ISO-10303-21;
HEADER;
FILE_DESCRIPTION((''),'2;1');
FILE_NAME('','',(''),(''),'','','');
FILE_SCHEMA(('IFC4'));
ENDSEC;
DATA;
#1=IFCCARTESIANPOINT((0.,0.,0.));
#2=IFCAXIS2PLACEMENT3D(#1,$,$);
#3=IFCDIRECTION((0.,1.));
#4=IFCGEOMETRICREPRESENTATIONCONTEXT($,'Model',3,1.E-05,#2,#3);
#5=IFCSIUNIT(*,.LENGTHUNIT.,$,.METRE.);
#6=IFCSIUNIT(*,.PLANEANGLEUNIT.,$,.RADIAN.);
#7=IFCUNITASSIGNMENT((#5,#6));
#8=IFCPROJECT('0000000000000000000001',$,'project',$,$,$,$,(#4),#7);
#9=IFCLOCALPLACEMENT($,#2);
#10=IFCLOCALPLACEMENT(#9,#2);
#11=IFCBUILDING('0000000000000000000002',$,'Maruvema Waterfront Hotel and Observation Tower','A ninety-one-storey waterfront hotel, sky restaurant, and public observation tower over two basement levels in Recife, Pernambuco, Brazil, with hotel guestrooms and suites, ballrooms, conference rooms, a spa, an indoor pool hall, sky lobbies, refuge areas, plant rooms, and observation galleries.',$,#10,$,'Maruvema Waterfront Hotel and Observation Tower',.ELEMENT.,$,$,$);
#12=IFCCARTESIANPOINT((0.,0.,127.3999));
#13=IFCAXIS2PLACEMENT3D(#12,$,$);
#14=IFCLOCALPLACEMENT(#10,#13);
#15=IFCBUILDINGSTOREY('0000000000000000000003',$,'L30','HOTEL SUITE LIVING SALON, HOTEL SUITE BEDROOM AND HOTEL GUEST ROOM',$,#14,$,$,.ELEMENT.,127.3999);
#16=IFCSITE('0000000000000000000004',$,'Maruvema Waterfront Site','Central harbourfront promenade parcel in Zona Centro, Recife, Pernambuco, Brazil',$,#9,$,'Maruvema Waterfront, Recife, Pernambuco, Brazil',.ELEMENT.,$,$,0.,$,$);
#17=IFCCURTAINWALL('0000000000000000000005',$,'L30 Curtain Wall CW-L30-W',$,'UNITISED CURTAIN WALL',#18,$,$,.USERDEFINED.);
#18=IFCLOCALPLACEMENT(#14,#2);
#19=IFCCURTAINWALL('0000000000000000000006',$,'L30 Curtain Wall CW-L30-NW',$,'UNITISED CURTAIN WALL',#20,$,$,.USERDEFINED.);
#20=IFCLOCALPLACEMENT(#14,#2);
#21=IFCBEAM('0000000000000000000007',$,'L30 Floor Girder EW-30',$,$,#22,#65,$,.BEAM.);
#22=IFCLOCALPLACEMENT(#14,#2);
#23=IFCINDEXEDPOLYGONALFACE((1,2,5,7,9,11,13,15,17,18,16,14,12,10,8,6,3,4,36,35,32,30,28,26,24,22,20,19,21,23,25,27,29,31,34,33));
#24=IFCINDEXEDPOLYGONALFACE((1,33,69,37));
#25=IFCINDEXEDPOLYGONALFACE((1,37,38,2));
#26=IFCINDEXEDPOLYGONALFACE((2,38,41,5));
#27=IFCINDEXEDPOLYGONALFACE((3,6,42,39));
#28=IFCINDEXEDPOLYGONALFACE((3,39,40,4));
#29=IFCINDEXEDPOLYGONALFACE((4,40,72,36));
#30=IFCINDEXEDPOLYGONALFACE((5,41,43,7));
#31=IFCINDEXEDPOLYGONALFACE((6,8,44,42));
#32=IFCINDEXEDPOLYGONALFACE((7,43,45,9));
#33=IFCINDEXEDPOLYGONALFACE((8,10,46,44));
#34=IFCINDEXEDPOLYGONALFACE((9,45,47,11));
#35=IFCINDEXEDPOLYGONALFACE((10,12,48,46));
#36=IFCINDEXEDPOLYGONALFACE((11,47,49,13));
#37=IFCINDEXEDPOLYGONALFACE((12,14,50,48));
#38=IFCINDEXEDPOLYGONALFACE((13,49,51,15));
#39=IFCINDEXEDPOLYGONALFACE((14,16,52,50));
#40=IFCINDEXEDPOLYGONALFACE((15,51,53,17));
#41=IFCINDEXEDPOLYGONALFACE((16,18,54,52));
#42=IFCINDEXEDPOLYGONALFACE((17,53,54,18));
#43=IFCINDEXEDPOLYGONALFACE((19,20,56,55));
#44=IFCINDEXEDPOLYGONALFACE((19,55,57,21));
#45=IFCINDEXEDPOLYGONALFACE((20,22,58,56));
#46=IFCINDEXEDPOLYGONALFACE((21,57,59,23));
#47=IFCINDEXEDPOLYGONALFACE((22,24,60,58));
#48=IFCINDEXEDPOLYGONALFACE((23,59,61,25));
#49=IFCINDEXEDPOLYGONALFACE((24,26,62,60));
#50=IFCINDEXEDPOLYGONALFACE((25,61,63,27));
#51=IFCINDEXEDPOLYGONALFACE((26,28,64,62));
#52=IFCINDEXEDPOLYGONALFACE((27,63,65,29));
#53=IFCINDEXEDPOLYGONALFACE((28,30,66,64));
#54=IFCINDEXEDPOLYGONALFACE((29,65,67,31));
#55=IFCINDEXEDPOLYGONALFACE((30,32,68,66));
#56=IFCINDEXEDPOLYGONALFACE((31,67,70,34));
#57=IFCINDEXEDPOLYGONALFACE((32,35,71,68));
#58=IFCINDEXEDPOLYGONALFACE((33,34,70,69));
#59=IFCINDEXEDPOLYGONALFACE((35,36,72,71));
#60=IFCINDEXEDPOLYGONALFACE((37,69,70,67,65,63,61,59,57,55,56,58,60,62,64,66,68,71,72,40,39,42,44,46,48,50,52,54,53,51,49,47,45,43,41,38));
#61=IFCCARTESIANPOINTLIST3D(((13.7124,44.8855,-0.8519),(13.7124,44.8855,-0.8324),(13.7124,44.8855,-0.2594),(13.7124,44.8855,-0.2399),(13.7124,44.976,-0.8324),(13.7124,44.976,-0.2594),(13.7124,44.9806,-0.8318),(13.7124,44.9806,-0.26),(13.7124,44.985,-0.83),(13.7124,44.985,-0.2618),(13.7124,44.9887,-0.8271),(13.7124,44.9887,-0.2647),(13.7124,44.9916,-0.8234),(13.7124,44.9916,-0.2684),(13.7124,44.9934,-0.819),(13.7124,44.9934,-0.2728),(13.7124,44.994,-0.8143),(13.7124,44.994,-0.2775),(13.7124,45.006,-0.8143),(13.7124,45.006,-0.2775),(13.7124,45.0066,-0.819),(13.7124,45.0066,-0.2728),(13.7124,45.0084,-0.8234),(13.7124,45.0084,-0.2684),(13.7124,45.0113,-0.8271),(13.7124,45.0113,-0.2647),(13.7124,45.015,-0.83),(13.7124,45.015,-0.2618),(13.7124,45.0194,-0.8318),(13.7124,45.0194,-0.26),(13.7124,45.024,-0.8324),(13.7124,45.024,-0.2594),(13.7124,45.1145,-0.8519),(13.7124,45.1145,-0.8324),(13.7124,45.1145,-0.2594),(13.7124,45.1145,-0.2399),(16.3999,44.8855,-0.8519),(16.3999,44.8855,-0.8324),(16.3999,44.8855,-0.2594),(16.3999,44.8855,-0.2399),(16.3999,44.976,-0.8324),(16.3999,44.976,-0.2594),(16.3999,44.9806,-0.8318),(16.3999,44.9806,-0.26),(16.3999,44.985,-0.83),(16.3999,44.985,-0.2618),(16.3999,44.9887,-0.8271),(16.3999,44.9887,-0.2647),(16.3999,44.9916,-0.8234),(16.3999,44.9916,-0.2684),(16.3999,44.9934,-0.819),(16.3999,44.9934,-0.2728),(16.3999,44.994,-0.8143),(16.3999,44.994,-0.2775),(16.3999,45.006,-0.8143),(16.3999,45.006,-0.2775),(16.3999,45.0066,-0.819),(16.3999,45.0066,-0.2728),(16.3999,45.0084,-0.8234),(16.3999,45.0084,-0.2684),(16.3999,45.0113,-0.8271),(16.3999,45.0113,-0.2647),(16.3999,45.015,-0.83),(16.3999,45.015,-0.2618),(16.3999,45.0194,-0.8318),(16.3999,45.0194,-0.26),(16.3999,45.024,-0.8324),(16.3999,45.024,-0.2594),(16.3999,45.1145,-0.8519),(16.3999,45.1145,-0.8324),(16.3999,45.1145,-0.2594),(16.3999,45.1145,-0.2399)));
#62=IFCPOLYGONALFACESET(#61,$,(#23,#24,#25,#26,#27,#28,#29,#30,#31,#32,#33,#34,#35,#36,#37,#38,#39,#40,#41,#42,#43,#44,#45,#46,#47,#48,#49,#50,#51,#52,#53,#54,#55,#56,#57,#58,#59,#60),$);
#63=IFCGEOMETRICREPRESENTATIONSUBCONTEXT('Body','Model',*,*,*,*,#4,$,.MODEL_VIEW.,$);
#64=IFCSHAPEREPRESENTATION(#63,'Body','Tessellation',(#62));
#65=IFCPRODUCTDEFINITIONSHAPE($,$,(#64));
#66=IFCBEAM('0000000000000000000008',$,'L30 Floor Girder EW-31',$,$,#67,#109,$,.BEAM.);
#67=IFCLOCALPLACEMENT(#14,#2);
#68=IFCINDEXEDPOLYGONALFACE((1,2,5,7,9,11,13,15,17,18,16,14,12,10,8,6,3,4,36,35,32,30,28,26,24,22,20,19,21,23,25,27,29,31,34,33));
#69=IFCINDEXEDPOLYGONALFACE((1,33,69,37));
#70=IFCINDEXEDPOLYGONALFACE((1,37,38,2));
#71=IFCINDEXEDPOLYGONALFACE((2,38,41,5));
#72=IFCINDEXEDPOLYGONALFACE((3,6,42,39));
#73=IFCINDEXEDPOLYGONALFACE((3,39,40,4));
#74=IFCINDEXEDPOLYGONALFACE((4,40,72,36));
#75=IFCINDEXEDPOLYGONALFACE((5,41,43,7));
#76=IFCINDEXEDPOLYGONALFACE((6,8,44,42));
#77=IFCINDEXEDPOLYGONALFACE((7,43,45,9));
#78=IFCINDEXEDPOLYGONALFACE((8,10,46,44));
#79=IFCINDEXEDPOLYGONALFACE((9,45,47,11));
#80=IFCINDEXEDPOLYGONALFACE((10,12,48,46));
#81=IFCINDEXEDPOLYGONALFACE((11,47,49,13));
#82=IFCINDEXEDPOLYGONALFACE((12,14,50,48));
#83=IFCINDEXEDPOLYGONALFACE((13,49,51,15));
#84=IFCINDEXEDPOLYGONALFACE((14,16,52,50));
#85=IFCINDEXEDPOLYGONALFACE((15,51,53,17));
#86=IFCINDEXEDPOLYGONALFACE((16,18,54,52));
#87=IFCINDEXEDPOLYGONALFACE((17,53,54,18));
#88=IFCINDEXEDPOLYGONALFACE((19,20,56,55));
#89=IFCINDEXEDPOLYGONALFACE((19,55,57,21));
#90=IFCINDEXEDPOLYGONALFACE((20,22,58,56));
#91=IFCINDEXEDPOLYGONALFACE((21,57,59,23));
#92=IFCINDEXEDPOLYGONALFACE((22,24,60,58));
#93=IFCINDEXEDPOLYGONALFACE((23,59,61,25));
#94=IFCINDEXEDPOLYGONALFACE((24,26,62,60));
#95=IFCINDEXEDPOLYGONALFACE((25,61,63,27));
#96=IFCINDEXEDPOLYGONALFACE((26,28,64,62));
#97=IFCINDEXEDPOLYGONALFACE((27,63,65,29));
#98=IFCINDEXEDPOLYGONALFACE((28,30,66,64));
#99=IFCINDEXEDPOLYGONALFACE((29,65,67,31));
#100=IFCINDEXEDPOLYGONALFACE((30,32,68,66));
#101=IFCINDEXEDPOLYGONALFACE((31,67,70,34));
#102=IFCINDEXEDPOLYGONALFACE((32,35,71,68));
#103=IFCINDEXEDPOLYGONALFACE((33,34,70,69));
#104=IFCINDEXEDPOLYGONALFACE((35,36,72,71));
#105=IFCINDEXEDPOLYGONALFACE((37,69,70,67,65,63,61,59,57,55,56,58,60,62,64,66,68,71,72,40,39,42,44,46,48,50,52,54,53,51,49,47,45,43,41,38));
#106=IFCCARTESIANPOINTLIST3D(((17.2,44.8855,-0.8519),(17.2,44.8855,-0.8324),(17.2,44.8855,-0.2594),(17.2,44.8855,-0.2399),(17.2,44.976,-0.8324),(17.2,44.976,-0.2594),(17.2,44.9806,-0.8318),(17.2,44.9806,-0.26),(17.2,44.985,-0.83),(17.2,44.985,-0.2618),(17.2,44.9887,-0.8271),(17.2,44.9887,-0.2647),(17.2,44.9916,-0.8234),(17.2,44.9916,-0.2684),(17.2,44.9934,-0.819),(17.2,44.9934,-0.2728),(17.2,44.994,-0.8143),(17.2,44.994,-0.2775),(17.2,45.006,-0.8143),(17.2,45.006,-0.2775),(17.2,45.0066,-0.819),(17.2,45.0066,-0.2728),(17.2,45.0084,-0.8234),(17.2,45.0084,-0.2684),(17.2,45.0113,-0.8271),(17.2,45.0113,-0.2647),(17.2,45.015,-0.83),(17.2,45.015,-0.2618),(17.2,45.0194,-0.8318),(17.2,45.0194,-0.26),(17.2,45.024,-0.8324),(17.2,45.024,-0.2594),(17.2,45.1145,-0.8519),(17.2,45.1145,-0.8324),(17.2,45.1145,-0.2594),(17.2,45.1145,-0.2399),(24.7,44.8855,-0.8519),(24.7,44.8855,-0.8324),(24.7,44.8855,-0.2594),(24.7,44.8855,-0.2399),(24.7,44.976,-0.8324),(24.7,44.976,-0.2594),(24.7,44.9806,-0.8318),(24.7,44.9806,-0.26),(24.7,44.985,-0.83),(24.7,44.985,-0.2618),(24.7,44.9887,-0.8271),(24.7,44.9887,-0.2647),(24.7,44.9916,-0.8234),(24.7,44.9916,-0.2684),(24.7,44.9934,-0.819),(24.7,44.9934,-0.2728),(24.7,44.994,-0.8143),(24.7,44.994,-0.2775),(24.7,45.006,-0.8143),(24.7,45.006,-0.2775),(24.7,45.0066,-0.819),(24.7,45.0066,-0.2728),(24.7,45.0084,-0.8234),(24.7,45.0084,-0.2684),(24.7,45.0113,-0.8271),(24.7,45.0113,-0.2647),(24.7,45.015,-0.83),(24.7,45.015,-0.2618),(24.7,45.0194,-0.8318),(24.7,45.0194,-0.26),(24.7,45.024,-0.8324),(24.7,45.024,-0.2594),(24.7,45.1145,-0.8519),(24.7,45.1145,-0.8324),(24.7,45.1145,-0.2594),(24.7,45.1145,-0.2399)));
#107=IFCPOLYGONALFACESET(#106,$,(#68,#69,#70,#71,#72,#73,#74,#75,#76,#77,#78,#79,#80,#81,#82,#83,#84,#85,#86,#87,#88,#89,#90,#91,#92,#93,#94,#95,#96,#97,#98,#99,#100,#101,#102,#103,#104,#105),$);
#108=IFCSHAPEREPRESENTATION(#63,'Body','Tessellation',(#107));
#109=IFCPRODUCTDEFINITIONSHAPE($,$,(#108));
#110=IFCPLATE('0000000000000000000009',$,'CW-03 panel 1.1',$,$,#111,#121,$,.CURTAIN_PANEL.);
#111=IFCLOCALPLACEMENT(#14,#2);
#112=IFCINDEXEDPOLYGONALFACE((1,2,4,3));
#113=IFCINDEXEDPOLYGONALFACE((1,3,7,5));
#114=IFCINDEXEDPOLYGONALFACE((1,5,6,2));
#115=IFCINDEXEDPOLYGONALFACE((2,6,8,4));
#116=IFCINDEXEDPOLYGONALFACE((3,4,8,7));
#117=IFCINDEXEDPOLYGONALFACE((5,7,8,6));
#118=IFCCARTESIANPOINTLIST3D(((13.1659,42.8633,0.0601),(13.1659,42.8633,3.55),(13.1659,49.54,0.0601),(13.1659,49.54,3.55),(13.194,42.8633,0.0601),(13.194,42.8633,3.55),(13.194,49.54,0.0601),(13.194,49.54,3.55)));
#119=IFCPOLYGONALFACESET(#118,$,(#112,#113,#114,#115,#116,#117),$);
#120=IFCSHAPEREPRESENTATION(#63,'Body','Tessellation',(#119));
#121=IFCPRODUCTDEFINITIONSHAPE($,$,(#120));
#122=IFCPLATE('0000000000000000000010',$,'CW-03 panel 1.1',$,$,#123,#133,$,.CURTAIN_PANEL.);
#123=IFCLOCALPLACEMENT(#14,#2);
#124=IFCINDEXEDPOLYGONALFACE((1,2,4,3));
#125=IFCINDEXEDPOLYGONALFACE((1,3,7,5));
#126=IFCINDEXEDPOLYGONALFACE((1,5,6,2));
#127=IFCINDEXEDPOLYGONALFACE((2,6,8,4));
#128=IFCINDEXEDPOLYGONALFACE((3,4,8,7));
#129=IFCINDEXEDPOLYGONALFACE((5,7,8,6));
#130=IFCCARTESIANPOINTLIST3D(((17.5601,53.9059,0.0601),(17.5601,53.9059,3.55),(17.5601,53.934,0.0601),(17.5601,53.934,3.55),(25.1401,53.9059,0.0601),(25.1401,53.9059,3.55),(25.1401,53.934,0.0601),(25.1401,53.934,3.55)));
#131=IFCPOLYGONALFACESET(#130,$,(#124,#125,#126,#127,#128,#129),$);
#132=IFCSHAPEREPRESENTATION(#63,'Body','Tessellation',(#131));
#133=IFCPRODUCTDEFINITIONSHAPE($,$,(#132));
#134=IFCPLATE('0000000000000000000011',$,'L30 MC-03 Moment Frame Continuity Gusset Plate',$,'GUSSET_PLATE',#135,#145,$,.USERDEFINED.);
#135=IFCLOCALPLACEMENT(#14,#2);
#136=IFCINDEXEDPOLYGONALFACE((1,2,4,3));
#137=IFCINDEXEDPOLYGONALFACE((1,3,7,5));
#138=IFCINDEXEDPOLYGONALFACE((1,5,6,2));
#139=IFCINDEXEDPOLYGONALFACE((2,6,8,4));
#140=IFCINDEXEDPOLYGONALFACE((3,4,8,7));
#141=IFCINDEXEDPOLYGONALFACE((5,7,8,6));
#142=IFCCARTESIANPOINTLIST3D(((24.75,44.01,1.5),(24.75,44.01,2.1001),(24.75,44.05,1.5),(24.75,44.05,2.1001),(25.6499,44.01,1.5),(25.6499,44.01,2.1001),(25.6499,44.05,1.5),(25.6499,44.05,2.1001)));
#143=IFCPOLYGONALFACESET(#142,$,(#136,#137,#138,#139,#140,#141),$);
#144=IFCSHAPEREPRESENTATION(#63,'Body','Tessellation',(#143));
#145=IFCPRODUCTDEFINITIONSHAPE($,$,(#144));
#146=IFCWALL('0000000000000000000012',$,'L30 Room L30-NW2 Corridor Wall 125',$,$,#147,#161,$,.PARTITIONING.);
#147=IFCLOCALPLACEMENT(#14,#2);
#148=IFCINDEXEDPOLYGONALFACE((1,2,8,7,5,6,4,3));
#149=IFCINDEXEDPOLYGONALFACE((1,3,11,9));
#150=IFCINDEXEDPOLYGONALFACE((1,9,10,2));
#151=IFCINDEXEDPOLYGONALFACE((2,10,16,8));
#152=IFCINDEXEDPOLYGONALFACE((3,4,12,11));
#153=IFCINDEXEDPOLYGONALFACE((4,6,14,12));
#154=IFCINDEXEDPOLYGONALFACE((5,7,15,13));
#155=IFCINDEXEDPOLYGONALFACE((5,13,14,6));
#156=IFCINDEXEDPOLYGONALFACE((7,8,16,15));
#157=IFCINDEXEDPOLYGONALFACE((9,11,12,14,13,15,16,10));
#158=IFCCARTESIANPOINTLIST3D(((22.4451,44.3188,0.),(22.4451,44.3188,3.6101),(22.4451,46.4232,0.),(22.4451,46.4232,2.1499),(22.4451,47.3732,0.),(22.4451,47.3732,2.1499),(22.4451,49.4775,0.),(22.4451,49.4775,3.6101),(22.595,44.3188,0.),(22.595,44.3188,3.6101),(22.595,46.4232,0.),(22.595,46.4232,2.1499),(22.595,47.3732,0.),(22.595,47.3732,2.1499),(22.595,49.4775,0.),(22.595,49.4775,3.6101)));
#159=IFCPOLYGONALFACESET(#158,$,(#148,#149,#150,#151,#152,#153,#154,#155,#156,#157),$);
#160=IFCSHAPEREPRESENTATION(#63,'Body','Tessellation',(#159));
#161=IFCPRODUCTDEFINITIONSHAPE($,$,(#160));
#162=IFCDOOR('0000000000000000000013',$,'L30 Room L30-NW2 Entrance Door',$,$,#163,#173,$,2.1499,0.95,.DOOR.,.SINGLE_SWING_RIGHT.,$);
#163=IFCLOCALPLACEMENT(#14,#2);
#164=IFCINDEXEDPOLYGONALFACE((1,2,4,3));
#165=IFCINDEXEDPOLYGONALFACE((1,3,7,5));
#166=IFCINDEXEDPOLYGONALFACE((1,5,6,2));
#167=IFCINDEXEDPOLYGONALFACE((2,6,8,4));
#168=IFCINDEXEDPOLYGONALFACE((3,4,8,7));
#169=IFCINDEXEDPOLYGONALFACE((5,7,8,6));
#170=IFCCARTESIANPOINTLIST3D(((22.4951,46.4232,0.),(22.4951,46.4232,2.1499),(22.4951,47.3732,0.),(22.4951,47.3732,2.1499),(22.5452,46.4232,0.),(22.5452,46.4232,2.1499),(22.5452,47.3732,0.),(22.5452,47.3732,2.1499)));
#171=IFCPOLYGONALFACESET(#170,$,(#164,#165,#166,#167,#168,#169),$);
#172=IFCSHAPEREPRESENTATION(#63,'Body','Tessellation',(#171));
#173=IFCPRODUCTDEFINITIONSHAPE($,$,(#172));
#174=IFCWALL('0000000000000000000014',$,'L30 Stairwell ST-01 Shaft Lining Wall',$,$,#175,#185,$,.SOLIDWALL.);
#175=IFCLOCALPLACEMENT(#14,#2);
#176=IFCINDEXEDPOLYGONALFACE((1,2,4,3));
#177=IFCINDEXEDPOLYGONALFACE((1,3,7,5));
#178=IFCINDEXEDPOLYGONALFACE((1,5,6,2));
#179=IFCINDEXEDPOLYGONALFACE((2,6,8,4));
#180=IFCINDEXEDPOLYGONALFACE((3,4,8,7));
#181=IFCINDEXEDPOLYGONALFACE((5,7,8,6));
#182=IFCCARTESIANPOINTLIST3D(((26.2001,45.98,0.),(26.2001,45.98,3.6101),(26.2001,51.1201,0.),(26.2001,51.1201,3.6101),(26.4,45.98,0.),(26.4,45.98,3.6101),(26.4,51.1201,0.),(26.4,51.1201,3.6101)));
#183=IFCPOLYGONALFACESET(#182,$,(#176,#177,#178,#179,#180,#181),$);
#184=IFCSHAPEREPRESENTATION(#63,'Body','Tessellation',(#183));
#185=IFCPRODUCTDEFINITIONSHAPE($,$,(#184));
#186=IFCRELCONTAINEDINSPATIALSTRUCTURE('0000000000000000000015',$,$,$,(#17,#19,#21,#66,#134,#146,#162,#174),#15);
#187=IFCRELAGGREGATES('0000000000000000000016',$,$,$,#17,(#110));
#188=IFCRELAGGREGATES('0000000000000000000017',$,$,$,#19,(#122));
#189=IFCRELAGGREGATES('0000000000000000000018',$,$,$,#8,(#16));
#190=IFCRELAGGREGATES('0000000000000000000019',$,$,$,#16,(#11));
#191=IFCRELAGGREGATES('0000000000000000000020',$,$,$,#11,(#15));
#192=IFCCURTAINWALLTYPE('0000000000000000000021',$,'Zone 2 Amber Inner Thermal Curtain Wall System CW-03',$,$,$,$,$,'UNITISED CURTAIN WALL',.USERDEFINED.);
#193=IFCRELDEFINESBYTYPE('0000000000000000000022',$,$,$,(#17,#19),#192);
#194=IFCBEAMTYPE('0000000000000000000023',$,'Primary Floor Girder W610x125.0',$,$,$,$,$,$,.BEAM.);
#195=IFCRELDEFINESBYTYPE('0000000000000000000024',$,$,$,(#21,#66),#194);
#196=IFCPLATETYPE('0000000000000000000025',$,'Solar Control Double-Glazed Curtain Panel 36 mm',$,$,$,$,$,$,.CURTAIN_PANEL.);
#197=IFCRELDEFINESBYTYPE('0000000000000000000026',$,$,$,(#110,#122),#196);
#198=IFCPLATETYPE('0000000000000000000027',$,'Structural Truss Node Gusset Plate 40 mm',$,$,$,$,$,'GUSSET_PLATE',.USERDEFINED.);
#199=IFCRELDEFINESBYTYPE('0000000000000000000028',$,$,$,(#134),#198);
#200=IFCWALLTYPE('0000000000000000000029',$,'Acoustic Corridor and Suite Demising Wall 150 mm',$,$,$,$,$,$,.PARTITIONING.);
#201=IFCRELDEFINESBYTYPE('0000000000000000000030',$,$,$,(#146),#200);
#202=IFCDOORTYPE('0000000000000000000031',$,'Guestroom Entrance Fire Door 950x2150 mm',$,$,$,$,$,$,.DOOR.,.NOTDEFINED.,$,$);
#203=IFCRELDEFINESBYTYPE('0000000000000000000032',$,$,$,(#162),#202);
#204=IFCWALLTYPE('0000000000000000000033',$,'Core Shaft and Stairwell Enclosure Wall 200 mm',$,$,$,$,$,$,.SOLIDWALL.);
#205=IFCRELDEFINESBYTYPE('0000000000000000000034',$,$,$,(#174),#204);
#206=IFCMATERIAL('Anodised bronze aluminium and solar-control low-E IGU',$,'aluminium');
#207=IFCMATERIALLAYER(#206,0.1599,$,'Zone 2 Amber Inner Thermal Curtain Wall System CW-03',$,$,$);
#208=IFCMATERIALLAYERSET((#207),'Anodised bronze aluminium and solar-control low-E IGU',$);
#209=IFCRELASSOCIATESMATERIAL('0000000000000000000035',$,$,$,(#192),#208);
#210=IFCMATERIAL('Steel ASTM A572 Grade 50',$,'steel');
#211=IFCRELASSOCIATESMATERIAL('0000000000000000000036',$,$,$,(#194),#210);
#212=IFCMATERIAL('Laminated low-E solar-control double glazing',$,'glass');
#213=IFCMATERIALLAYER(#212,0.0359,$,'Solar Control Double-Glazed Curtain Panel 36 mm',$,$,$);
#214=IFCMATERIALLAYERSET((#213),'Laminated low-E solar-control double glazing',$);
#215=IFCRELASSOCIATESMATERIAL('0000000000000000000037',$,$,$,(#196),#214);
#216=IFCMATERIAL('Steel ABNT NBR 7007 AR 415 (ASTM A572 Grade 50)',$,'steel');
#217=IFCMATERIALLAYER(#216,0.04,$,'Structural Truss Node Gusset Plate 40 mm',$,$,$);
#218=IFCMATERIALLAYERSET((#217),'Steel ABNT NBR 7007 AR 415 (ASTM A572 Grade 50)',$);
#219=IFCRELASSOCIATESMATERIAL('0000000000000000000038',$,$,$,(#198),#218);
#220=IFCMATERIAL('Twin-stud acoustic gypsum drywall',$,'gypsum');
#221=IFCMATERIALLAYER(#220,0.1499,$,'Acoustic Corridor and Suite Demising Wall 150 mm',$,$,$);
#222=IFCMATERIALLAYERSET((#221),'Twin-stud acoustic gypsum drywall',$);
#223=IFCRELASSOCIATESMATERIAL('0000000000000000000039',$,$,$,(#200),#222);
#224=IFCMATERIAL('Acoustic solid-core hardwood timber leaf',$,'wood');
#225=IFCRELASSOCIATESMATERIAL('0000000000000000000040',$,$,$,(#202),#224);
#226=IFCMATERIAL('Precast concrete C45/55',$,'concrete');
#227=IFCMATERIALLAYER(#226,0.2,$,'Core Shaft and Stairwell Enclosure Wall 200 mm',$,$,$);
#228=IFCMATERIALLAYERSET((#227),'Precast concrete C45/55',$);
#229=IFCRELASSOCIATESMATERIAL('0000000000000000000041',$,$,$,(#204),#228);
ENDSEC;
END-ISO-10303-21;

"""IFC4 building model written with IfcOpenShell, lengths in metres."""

from ifc_helpers import new_model, si_unit, direction, frame, frame_2d, origin, origin_2d, place, context, subcontext, project, spatial, rectangle, i_section, extrude, material, layer, layer_set, material_profile, profile_set, type_object, element, fill, aggregate, save


model = new_model("IFC4")

# Units and contexts
model_context = context("Model", 3, precision=1e-05, world=origin(), true_north=direction((0.0, 1.0)))
body_context = subcontext(model_context, "Body", "Model", "MODEL_VIEW")
ifc_project = project(units=[si_unit("LENGTHUNIT", "METRE"), si_unit("PLANEANGLEUNIT", "RADIAN")], contexts=[model_context])

# Site, building, storey
site_placement = place(None, origin())
site = spatial("IfcSite", under=ifc_project, at=site_placement, Name="Maruvema Waterfront Site", Description="Central harbourfront promenade parcel in Zona Centro, Recife, Pernambuco, Brazil", LongName="Maruvema Waterfront, Recife, Pernambuco, Brazil", CompositionType="ELEMENT", RefElevation=0.0)
building_placement = place(site_placement, origin())
building = spatial("IfcBuilding", under=site, at=building_placement, Name="Maruvema Waterfront Hotel and Observation Tower", Description="A ninety-one-storey waterfront hotel, sky restaurant, and public observation tower over two basement levels in Recife, Pernambuco, Brazil, with hotel guestrooms and suites, ballrooms, conference rooms, a spa, an indoor pool hall, sky lobbies, refuge areas, plant rooms, and observation galleries.", LongName="Maruvema Waterfront Hotel and Observation Tower", CompositionType="ELEMENT")
storey_placement = place(building_placement, frame((0.0, 0.0, 127.3999)))
storey = spatial("IfcBuildingStorey", under=building, at=storey_placement, Name="L30", Description="HOTEL SUITE LIVING SALON, HOTEL SUITE BEDROOM AND HOTEL GUEST ROOM", CompositionType="ELEMENT", Elevation=127.3999)

# Curtain walls
ifc_material_1 = material(Name="Anodised bronze aluminium and solar-control low-E IGU", Category="aluminium")
ifc_layer_1 = layer(ifc_material_1, 0.1599, Name="Zone 2 Amber Inner Thermal Curtain Wall System CW-03")
ifc_layer_set_1 = layer_set([ifc_layer_1], Name="Anodised bronze aluminium and solar-control low-E IGU")
curtain_wall_type = type_object("IfcCurtainWallType", Name="Zone 2 Amber Inner Thermal Curtain Wall System CW-03", ElementType="UNITISED CURTAIN WALL", PredefinedType="USERDEFINED", material=ifc_layer_set_1)
curtain_wall_1_placement = place(storey_placement, origin())
curtain_wall_1 = element("IfcCurtainWall", 1, at=curtain_wall_1_placement, inside=storey, type_object=curtain_wall_type, Name="L30 Curtain Wall CW-L30-W", ObjectType="UNITISED CURTAIN WALL", PredefinedType="USERDEFINED")
curtain_wall_2_placement = place(storey_placement, origin())
curtain_wall_2 = element("IfcCurtainWall", 2, at=curtain_wall_2_placement, inside=storey, type_object=curtain_wall_type, Name="L30 Curtain Wall CW-L30-NW", ObjectType="UNITISED CURTAIN WALL", PredefinedType="USERDEFINED")

# Beams
ifc_material_2 = material(Name="Steel ASTM A572 Grade 50", Category="steel")
ifc_material_profile_1 = material_profile(ifc_material_2, i_section(OverallWidth=0.229, OverallDepth=0.6121, WebThickness=0.012, FlangeThickness=0.0195, FilletRadius=0.0181, at=origin_2d()), Name="W610x125.0")
ifc_profile_set_1 = profile_set([ifc_material_profile_1], Name="Steel ASTM A572 Grade 50")
beam_type = type_object("IfcBeamType", Name="Primary Floor Girder W610x125.0", PredefinedType="BEAM", material=ifc_profile_set_1)
beam_1_placement = place(storey_placement, frame((13.7124, 45.0, -0.5459), z_axis=(1.0, 0.0, 0.0), x_axis=(0.0, 1.0, 0.0)))
element("IfcBeam", 3, at=beam_1_placement, inside=storey, type_object=beam_type, Name="L30 Floor Girder EW-30", PredefinedType="BEAM", context=body_context, shape_type="SweptSolid", body=[
    extrude(i_section(OverallWidth=0.229, OverallDepth=0.6121, WebThickness=0.012, FlangeThickness=0.0195, FilletRadius=0.0181, at=origin_2d()), origin(), (0.0, 0.0, 1.0), 2.6875),
])
beam_2_placement = place(storey_placement, frame((17.2, 45.0, -0.5459), z_axis=(1.0, 0.0, 0.0), x_axis=(0.0, 1.0, 0.0)))
element("IfcBeam", 4, at=beam_2_placement, inside=storey, type_object=beam_type, Name="L30 Floor Girder EW-31", PredefinedType="BEAM", context=body_context, shape_type="SweptSolid", body=[
    extrude(i_section(OverallWidth=0.229, OverallDepth=0.6121, WebThickness=0.012, FlangeThickness=0.0195, FilletRadius=0.0181, at=origin_2d()), origin(), (0.0, 0.0, 1.0), 7.5),
])

# Plates
ifc_material_3 = material(Name="Laminated low-E solar-control double glazing", Category="glass")
ifc_layer_2 = layer(ifc_material_3, 0.0359, Name="Solar Control Double-Glazed Curtain Panel 36 mm")
ifc_layer_set_2 = layer_set([ifc_layer_2], Name="Laminated low-E solar-control double glazing")
plate_type_1 = type_object("IfcPlateType", Name="Solar Control Double-Glazed Curtain Panel 36 mm", PredefinedType="CURTAIN_PANEL", material=ifc_layer_set_2)
plate_1_placement = place(storey_placement, frame((13.1799, 46.2017, 0.0601), z_axis=(0.0, 0.0, 1.0), x_axis=(0.0, -1.0, 0.0)))
plate_1 = element("IfcPlate", 5, at=plate_1_placement, type_object=plate_type_1, Name="CW-03 panel 1.1", PredefinedType="CURTAIN_PANEL", context=body_context, shape_type="SweptSolid", body=[
    extrude(rectangle(XDim=6.6768, YDim=0.0281, at=origin_2d()), origin(), (0.0, 0.0, 1.0), 3.49),
])
aggregate(curtain_wall_1, [plate_1])
plate_2_placement = place(storey_placement, frame((21.3501, 53.9199, 0.0601), z_axis=(0.0, 0.0, 1.0), x_axis=(-1.0, 0.0, 0.0)))
plate_2 = element("IfcPlate", 6, at=plate_2_placement, type_object=plate_type_1, Name="CW-03 panel 1.1", PredefinedType="CURTAIN_PANEL", context=body_context, shape_type="SweptSolid", body=[
    extrude(rectangle(XDim=7.5801, YDim=0.0281, at=origin_2d()), origin(), (0.0, 0.0, 1.0), 3.49),
])
aggregate(curtain_wall_2, [plate_2])
ifc_material_4 = material(Name="Steel ABNT NBR 7007 AR 415 (ASTM A572 Grade 50)", Category="steel")
ifc_layer_3 = layer(ifc_material_4, 0.04, Name="Structural Truss Node Gusset Plate 40 mm")
ifc_layer_set_3 = layer_set([ifc_layer_3], Name="Steel ABNT NBR 7007 AR 415 (ASTM A572 Grade 50)")
plate_type_2 = type_object("IfcPlateType", Name="Structural Truss Node Gusset Plate 40 mm", ElementType="GUSSET_PLATE", PredefinedType="USERDEFINED", material=ifc_layer_set_3)
plate_3_placement = place(storey_placement, frame((25.2, 44.03, 1.5), z_axis=(0.0, 0.0, 1.0), x_axis=(1.0, 0.0, 0.0)))
element("IfcPlate", 7, at=plate_3_placement, inside=storey, type_object=plate_type_2, Name="L30 MC-03 Moment Frame Continuity Gusset Plate", ObjectType="GUSSET_PLATE", PredefinedType="USERDEFINED", context=body_context, shape_type="SweptSolid", body=[
    extrude(rectangle(XDim=0.8999, YDim=0.04, at=origin_2d()), origin(), (0.0, 0.0, 1.0), 0.6001),
])

# Wall, opening, door
ifc_material_5 = material(Name="Twin-stud acoustic gypsum drywall", Category="gypsum")
ifc_layer_4 = layer(ifc_material_5, 0.1499, Name="Acoustic Corridor and Suite Demising Wall 150 mm")
ifc_layer_set_4 = layer_set([ifc_layer_4], Name="Twin-stud acoustic gypsum drywall")
wall_type_1 = type_object("IfcWallType", Name="Acoustic Corridor and Suite Demising Wall 150 mm", PredefinedType="PARTITIONING", material=ifc_layer_set_4)
wall_1_placement = place(storey_placement, frame((22.52, 44.3188, 0.0), z_axis=(0.0, 0.0, 1.0), x_axis=(0.0, 1.0, 0.0)))
wall_1 = element("IfcWall", 8, at=wall_1_placement, inside=storey, type_object=wall_type_1, Name="L30 Room L30-NW2 Corridor Wall 125", PredefinedType="PARTITIONING", context=body_context, shape_type="SweptSolid", body=[
    extrude(rectangle(XDim=5.1587, YDim=0.1499, at=frame_2d((2.5793, 0.0))), origin(), (0.0, 0.0, 1.0), 3.6101),
])
opening_1_placement = place(wall_1_placement, frame((2.1042, 0.0, 0.0)))
opening_1 = element("IfcOpeningElement", 9, at=opening_1_placement, cuts=wall_1, PredefinedType="OPENING", context=body_context, shape_type="SweptSolid", body=[
    extrude(rectangle(XDim=0.95, YDim=2.1499, at=frame_2d((0.4751, 1.075))), frame((0.0, 0.085, 0.0), z_axis=(0.0, -1.0, 0.0), x_axis=(1.0, 0.0, 0.0)), (0.0, 0.0, 1.0), 0.1699),
])
ifc_material_6 = material(Name="Acoustic solid-core hardwood timber leaf", Category="wood")
door_type_1 = type_object("IfcDoorType", Name="Guestroom Entrance Fire Door 950x2150 mm", OperationType="NOTDEFINED", PredefinedType="DOOR", material=ifc_material_6)
door_1_placement = place(opening_1_placement, origin())
door_1 = element("IfcDoor", 10, at=door_1_placement, inside=storey, type_object=door_type_1, Name="L30 Room L30-NW2 Entrance Door", OperationType="SINGLE_SWING_RIGHT", OverallHeight=2.1499, OverallWidth=0.95, PredefinedType="DOOR", context=body_context, shape_type="SweptSolid", body=[
    extrude(rectangle(XDim=0.95, YDim=2.1499, at=frame_2d((0.4751, 1.075))), frame((0.0, 0.0249, 0.0), z_axis=(0.0, -1.0, 0.0), x_axis=(1.0, 0.0, 0.0)), (0.0, 0.0, 1.0), 0.05),
])
fill(opening_1, door_1)

# Wall
ifc_material_7 = material(Name="Precast concrete C45/55", Category="concrete")
ifc_layer_5 = layer(ifc_material_7, 0.2, Name="Core Shaft and Stairwell Enclosure Wall 200 mm")
ifc_layer_set_5 = layer_set([ifc_layer_5], Name="Precast concrete C45/55")
wall_type_2 = type_object("IfcWallType", Name="Core Shaft and Stairwell Enclosure Wall 200 mm", PredefinedType="SOLIDWALL", material=ifc_layer_set_5)
wall_2_placement = place(storey_placement, frame((26.3, 45.98, 0.0), z_axis=(0.0, 0.0, 1.0), x_axis=(0.0, 1.0, 0.0)))
element("IfcWall", 11, at=wall_2_placement, inside=storey, type_object=wall_type_2, Name="L30 Stairwell ST-01 Shaft Lining Wall", PredefinedType="SOLIDWALL", context=body_context, shape_type="SweptSolid", body=[
    extrude(rectangle(XDim=5.1401, YDim=0.2, at=frame_2d((2.5701, 0.0))), origin(), (0.0, 0.0, 1.0), 3.6101),
])

save(model, "model.ifc")
